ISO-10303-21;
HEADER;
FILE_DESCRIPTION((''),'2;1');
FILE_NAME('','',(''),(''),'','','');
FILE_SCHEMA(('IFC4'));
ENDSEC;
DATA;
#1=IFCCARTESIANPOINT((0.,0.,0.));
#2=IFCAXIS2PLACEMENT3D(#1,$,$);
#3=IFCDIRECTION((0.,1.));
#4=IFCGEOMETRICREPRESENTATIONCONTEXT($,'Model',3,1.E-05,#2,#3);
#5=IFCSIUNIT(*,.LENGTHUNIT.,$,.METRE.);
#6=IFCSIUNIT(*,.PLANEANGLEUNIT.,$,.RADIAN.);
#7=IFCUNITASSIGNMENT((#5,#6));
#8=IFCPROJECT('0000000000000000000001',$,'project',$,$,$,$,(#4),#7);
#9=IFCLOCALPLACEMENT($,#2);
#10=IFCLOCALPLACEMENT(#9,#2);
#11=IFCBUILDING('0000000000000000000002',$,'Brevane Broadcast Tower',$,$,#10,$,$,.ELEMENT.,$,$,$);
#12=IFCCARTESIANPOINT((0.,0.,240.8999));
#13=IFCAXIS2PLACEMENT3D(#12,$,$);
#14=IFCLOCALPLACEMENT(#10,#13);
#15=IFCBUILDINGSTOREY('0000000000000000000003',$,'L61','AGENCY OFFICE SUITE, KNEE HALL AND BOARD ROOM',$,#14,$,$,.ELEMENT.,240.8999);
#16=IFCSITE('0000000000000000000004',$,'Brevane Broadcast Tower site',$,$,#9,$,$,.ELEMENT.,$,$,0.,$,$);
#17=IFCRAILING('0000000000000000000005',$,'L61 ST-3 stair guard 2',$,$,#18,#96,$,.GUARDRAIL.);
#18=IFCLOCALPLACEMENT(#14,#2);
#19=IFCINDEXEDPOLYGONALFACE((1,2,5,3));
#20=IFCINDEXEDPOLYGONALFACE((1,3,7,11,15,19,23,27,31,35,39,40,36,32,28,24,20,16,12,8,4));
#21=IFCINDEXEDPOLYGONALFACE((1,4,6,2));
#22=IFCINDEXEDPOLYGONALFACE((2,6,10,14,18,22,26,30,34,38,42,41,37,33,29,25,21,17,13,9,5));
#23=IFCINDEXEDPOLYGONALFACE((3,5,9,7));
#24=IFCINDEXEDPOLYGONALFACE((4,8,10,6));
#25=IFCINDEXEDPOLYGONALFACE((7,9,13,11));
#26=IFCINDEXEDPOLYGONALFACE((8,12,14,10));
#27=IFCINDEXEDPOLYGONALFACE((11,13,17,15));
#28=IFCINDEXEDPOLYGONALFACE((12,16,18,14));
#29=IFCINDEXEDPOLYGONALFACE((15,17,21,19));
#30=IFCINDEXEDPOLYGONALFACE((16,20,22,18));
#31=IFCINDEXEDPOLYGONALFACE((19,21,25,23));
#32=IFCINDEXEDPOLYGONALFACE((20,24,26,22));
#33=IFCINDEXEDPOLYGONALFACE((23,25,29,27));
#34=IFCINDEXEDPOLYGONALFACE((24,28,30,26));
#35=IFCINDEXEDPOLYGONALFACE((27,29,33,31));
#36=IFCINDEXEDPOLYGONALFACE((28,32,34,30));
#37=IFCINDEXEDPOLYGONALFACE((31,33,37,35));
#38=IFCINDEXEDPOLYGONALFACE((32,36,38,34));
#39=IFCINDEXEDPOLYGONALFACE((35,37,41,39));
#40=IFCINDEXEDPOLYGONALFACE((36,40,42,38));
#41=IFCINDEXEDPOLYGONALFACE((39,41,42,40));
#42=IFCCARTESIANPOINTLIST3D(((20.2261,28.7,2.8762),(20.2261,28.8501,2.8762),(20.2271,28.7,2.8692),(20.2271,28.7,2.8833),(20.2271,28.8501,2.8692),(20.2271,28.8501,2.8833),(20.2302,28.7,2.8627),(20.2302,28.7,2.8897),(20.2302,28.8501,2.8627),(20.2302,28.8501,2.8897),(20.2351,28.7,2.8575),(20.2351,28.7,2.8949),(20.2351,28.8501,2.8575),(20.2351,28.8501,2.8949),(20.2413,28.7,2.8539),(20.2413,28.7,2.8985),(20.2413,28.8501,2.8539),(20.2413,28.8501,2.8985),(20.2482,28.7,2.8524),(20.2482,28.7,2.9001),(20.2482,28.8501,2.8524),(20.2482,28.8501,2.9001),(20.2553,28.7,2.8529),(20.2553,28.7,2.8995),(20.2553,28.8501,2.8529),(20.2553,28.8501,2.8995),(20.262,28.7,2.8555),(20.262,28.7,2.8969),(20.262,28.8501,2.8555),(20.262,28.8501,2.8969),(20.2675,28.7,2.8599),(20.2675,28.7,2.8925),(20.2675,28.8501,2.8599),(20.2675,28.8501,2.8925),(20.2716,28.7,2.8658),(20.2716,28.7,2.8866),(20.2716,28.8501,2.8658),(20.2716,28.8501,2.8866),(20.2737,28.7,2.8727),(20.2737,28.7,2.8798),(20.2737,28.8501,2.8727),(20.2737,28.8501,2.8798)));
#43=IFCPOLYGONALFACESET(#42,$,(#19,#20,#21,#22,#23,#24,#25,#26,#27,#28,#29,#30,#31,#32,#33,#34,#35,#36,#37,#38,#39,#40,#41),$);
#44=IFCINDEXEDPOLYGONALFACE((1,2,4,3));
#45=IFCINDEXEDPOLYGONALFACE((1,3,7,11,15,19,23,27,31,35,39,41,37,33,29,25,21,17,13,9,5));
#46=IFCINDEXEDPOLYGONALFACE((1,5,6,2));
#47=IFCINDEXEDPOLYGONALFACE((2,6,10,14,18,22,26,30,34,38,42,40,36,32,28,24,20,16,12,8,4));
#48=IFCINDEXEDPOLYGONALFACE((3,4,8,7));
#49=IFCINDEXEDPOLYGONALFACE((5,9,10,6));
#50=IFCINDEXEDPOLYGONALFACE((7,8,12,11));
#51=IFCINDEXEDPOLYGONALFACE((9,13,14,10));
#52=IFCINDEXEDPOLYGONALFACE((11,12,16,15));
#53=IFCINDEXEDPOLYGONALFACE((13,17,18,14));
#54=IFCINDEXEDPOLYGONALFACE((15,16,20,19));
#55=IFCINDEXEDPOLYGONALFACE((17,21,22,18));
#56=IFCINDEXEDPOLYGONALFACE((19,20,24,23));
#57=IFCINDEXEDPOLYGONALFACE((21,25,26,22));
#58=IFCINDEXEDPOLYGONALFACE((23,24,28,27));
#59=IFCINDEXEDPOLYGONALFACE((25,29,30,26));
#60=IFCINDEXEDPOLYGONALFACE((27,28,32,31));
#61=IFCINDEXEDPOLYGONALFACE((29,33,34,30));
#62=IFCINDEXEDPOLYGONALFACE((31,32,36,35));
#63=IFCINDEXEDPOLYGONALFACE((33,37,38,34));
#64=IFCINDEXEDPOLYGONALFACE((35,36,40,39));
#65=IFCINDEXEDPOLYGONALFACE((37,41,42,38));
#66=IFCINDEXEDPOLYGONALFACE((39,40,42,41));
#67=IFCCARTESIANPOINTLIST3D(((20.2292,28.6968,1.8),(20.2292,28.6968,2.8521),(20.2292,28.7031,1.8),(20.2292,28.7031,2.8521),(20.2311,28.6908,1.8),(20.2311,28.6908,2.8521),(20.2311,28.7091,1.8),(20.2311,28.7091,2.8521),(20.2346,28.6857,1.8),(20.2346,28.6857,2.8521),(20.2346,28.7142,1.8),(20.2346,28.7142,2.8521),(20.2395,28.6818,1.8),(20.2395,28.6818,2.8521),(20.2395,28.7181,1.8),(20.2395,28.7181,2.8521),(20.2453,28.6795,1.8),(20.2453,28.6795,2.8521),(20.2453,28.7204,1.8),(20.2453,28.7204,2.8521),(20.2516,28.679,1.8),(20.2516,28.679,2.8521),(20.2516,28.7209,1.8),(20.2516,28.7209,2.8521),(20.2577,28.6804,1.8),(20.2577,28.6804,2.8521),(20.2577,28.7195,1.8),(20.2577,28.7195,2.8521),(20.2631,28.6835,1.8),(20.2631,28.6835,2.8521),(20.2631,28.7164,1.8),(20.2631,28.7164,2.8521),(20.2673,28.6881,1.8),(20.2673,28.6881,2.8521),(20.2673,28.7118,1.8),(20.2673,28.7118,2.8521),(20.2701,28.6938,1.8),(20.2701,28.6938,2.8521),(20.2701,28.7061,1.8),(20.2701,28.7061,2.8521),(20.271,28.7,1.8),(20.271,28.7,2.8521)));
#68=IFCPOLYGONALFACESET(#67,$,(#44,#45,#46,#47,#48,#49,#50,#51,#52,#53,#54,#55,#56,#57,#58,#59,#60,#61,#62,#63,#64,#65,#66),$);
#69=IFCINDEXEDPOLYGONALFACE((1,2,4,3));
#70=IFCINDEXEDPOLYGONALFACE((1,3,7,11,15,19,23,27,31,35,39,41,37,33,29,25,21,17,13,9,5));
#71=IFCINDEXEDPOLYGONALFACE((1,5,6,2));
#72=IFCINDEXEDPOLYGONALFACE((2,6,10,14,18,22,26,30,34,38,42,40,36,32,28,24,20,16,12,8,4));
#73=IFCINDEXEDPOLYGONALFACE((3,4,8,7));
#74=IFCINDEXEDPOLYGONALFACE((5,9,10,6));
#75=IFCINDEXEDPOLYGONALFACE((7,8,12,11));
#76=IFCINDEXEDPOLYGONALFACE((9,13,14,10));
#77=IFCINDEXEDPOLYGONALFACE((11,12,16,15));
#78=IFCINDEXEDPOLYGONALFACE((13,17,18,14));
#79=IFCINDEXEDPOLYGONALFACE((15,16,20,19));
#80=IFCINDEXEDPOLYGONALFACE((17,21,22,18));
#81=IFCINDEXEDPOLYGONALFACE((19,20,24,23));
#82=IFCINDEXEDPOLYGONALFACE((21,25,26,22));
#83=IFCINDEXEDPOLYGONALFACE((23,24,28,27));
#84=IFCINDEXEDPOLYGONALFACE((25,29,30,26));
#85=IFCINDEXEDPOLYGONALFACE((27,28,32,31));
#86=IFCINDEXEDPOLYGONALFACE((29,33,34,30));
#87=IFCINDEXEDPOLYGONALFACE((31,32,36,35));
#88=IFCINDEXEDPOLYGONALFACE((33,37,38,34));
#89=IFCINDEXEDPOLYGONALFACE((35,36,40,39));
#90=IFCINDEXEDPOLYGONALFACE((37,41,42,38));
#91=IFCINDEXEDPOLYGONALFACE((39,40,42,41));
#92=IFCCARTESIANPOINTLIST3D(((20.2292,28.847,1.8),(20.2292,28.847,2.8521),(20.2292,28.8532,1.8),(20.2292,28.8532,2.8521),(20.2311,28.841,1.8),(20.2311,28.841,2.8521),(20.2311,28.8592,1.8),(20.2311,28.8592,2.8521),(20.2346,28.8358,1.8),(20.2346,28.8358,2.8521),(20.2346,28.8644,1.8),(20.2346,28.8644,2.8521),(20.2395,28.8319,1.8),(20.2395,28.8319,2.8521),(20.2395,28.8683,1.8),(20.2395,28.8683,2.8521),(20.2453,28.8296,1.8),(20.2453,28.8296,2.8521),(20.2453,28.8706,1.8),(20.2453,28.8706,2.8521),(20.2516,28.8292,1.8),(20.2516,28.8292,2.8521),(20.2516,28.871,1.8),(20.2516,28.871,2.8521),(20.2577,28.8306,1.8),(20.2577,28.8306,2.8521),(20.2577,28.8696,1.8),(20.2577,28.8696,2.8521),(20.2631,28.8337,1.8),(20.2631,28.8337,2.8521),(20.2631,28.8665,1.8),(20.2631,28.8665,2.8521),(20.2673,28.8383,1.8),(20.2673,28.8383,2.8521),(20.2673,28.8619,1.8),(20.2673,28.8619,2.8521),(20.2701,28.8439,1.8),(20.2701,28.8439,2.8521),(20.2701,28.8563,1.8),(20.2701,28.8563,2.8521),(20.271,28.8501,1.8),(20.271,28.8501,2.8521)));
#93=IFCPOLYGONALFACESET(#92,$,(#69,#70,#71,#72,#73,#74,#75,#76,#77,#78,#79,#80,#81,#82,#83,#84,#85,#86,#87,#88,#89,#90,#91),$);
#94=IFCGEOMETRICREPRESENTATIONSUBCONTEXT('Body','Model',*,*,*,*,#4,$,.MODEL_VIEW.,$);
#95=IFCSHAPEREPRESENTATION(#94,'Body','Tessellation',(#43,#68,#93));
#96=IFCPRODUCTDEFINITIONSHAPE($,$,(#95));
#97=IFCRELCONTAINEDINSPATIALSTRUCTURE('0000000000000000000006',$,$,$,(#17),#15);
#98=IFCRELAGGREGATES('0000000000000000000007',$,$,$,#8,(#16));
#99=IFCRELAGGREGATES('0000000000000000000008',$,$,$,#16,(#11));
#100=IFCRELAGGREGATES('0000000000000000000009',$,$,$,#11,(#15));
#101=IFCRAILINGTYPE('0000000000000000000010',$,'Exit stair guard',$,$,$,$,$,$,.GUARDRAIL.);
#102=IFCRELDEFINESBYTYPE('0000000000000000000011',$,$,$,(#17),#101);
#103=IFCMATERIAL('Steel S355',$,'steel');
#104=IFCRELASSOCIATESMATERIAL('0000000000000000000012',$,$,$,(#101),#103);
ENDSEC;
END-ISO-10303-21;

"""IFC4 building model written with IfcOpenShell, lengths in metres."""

from ifc_helpers import new_model, si_unit, direction, frame, origin, origin_2d, place, context, subcontext, project, spatial, circle, extrude, material, type_object, element, save


model = new_model("IFC4")

# Units and contexts
model_context = context("Model", 3, precision=1e-05, world=origin(), true_north=direction((0.0, 1.0)))
body_context = subcontext(model_context, "Body", "Model", "MODEL_VIEW")
ifc_project = project(units=[si_unit("LENGTHUNIT", "METRE"), si_unit("PLANEANGLEUNIT", "RADIAN")], contexts=[model_context])

# Site, building, storey
site_placement = place(None, origin())
site = spatial("IfcSite", under=ifc_project, at=site_placement, Name="Brevane Broadcast Tower site", CompositionType="ELEMENT", RefElevation=0.0)
building_placement = place(site_placement, origin())
building = spatial("IfcBuilding", under=site, at=building_placement, Name="Brevane Broadcast Tower", CompositionType="ELEMENT")
storey_placement = place(building_placement, frame((0.0, 0.0, 240.8999)))
storey = spatial("IfcBuildingStorey", under=building, at=storey_placement, Name="L61", Description="AGENCY OFFICE SUITE, KNEE HALL AND BOARD ROOM", CompositionType="ELEMENT", Elevation=240.8999)

# Railing
ifc_material_1 = material(Name="Steel S355", Category="steel")
railing_type_1 = type_object("IfcRailingType", Name="Exit stair guard", PredefinedType="GUARDRAIL", material=ifc_material_1)
railing_1_placement = place(storey_placement, frame((20.25, 28.7, 1.8)))
element("IfcRailing", 1, at=railing_1_placement, inside=storey, type_object=railing_type_1, Name="L61 ST-3 stair guard 2", PredefinedType="GUARDRAIL", context=body_context, shape_type="SweptSolid", body=[
    extrude(circle(Radius=0.0239, at=origin_2d()), frame((0.0, 0.0, 1.0762), z_axis=(0.0, 1.0, 0.0), x_axis=(-1.0, 0.0, 0.0)), (0.0, 0.0, 1.0), 0.1501),
    extrude(circle(Radius=0.021, at=origin_2d()), origin(), (0.0, 0.0, 1.0), 1.052),
    extrude(circle(Radius=0.021, at=origin_2d()), frame((0.0, 0.1501, 0.0)), (0.0, 0.0, 1.0), 1.052),
])

save(model, "model.ifc")
